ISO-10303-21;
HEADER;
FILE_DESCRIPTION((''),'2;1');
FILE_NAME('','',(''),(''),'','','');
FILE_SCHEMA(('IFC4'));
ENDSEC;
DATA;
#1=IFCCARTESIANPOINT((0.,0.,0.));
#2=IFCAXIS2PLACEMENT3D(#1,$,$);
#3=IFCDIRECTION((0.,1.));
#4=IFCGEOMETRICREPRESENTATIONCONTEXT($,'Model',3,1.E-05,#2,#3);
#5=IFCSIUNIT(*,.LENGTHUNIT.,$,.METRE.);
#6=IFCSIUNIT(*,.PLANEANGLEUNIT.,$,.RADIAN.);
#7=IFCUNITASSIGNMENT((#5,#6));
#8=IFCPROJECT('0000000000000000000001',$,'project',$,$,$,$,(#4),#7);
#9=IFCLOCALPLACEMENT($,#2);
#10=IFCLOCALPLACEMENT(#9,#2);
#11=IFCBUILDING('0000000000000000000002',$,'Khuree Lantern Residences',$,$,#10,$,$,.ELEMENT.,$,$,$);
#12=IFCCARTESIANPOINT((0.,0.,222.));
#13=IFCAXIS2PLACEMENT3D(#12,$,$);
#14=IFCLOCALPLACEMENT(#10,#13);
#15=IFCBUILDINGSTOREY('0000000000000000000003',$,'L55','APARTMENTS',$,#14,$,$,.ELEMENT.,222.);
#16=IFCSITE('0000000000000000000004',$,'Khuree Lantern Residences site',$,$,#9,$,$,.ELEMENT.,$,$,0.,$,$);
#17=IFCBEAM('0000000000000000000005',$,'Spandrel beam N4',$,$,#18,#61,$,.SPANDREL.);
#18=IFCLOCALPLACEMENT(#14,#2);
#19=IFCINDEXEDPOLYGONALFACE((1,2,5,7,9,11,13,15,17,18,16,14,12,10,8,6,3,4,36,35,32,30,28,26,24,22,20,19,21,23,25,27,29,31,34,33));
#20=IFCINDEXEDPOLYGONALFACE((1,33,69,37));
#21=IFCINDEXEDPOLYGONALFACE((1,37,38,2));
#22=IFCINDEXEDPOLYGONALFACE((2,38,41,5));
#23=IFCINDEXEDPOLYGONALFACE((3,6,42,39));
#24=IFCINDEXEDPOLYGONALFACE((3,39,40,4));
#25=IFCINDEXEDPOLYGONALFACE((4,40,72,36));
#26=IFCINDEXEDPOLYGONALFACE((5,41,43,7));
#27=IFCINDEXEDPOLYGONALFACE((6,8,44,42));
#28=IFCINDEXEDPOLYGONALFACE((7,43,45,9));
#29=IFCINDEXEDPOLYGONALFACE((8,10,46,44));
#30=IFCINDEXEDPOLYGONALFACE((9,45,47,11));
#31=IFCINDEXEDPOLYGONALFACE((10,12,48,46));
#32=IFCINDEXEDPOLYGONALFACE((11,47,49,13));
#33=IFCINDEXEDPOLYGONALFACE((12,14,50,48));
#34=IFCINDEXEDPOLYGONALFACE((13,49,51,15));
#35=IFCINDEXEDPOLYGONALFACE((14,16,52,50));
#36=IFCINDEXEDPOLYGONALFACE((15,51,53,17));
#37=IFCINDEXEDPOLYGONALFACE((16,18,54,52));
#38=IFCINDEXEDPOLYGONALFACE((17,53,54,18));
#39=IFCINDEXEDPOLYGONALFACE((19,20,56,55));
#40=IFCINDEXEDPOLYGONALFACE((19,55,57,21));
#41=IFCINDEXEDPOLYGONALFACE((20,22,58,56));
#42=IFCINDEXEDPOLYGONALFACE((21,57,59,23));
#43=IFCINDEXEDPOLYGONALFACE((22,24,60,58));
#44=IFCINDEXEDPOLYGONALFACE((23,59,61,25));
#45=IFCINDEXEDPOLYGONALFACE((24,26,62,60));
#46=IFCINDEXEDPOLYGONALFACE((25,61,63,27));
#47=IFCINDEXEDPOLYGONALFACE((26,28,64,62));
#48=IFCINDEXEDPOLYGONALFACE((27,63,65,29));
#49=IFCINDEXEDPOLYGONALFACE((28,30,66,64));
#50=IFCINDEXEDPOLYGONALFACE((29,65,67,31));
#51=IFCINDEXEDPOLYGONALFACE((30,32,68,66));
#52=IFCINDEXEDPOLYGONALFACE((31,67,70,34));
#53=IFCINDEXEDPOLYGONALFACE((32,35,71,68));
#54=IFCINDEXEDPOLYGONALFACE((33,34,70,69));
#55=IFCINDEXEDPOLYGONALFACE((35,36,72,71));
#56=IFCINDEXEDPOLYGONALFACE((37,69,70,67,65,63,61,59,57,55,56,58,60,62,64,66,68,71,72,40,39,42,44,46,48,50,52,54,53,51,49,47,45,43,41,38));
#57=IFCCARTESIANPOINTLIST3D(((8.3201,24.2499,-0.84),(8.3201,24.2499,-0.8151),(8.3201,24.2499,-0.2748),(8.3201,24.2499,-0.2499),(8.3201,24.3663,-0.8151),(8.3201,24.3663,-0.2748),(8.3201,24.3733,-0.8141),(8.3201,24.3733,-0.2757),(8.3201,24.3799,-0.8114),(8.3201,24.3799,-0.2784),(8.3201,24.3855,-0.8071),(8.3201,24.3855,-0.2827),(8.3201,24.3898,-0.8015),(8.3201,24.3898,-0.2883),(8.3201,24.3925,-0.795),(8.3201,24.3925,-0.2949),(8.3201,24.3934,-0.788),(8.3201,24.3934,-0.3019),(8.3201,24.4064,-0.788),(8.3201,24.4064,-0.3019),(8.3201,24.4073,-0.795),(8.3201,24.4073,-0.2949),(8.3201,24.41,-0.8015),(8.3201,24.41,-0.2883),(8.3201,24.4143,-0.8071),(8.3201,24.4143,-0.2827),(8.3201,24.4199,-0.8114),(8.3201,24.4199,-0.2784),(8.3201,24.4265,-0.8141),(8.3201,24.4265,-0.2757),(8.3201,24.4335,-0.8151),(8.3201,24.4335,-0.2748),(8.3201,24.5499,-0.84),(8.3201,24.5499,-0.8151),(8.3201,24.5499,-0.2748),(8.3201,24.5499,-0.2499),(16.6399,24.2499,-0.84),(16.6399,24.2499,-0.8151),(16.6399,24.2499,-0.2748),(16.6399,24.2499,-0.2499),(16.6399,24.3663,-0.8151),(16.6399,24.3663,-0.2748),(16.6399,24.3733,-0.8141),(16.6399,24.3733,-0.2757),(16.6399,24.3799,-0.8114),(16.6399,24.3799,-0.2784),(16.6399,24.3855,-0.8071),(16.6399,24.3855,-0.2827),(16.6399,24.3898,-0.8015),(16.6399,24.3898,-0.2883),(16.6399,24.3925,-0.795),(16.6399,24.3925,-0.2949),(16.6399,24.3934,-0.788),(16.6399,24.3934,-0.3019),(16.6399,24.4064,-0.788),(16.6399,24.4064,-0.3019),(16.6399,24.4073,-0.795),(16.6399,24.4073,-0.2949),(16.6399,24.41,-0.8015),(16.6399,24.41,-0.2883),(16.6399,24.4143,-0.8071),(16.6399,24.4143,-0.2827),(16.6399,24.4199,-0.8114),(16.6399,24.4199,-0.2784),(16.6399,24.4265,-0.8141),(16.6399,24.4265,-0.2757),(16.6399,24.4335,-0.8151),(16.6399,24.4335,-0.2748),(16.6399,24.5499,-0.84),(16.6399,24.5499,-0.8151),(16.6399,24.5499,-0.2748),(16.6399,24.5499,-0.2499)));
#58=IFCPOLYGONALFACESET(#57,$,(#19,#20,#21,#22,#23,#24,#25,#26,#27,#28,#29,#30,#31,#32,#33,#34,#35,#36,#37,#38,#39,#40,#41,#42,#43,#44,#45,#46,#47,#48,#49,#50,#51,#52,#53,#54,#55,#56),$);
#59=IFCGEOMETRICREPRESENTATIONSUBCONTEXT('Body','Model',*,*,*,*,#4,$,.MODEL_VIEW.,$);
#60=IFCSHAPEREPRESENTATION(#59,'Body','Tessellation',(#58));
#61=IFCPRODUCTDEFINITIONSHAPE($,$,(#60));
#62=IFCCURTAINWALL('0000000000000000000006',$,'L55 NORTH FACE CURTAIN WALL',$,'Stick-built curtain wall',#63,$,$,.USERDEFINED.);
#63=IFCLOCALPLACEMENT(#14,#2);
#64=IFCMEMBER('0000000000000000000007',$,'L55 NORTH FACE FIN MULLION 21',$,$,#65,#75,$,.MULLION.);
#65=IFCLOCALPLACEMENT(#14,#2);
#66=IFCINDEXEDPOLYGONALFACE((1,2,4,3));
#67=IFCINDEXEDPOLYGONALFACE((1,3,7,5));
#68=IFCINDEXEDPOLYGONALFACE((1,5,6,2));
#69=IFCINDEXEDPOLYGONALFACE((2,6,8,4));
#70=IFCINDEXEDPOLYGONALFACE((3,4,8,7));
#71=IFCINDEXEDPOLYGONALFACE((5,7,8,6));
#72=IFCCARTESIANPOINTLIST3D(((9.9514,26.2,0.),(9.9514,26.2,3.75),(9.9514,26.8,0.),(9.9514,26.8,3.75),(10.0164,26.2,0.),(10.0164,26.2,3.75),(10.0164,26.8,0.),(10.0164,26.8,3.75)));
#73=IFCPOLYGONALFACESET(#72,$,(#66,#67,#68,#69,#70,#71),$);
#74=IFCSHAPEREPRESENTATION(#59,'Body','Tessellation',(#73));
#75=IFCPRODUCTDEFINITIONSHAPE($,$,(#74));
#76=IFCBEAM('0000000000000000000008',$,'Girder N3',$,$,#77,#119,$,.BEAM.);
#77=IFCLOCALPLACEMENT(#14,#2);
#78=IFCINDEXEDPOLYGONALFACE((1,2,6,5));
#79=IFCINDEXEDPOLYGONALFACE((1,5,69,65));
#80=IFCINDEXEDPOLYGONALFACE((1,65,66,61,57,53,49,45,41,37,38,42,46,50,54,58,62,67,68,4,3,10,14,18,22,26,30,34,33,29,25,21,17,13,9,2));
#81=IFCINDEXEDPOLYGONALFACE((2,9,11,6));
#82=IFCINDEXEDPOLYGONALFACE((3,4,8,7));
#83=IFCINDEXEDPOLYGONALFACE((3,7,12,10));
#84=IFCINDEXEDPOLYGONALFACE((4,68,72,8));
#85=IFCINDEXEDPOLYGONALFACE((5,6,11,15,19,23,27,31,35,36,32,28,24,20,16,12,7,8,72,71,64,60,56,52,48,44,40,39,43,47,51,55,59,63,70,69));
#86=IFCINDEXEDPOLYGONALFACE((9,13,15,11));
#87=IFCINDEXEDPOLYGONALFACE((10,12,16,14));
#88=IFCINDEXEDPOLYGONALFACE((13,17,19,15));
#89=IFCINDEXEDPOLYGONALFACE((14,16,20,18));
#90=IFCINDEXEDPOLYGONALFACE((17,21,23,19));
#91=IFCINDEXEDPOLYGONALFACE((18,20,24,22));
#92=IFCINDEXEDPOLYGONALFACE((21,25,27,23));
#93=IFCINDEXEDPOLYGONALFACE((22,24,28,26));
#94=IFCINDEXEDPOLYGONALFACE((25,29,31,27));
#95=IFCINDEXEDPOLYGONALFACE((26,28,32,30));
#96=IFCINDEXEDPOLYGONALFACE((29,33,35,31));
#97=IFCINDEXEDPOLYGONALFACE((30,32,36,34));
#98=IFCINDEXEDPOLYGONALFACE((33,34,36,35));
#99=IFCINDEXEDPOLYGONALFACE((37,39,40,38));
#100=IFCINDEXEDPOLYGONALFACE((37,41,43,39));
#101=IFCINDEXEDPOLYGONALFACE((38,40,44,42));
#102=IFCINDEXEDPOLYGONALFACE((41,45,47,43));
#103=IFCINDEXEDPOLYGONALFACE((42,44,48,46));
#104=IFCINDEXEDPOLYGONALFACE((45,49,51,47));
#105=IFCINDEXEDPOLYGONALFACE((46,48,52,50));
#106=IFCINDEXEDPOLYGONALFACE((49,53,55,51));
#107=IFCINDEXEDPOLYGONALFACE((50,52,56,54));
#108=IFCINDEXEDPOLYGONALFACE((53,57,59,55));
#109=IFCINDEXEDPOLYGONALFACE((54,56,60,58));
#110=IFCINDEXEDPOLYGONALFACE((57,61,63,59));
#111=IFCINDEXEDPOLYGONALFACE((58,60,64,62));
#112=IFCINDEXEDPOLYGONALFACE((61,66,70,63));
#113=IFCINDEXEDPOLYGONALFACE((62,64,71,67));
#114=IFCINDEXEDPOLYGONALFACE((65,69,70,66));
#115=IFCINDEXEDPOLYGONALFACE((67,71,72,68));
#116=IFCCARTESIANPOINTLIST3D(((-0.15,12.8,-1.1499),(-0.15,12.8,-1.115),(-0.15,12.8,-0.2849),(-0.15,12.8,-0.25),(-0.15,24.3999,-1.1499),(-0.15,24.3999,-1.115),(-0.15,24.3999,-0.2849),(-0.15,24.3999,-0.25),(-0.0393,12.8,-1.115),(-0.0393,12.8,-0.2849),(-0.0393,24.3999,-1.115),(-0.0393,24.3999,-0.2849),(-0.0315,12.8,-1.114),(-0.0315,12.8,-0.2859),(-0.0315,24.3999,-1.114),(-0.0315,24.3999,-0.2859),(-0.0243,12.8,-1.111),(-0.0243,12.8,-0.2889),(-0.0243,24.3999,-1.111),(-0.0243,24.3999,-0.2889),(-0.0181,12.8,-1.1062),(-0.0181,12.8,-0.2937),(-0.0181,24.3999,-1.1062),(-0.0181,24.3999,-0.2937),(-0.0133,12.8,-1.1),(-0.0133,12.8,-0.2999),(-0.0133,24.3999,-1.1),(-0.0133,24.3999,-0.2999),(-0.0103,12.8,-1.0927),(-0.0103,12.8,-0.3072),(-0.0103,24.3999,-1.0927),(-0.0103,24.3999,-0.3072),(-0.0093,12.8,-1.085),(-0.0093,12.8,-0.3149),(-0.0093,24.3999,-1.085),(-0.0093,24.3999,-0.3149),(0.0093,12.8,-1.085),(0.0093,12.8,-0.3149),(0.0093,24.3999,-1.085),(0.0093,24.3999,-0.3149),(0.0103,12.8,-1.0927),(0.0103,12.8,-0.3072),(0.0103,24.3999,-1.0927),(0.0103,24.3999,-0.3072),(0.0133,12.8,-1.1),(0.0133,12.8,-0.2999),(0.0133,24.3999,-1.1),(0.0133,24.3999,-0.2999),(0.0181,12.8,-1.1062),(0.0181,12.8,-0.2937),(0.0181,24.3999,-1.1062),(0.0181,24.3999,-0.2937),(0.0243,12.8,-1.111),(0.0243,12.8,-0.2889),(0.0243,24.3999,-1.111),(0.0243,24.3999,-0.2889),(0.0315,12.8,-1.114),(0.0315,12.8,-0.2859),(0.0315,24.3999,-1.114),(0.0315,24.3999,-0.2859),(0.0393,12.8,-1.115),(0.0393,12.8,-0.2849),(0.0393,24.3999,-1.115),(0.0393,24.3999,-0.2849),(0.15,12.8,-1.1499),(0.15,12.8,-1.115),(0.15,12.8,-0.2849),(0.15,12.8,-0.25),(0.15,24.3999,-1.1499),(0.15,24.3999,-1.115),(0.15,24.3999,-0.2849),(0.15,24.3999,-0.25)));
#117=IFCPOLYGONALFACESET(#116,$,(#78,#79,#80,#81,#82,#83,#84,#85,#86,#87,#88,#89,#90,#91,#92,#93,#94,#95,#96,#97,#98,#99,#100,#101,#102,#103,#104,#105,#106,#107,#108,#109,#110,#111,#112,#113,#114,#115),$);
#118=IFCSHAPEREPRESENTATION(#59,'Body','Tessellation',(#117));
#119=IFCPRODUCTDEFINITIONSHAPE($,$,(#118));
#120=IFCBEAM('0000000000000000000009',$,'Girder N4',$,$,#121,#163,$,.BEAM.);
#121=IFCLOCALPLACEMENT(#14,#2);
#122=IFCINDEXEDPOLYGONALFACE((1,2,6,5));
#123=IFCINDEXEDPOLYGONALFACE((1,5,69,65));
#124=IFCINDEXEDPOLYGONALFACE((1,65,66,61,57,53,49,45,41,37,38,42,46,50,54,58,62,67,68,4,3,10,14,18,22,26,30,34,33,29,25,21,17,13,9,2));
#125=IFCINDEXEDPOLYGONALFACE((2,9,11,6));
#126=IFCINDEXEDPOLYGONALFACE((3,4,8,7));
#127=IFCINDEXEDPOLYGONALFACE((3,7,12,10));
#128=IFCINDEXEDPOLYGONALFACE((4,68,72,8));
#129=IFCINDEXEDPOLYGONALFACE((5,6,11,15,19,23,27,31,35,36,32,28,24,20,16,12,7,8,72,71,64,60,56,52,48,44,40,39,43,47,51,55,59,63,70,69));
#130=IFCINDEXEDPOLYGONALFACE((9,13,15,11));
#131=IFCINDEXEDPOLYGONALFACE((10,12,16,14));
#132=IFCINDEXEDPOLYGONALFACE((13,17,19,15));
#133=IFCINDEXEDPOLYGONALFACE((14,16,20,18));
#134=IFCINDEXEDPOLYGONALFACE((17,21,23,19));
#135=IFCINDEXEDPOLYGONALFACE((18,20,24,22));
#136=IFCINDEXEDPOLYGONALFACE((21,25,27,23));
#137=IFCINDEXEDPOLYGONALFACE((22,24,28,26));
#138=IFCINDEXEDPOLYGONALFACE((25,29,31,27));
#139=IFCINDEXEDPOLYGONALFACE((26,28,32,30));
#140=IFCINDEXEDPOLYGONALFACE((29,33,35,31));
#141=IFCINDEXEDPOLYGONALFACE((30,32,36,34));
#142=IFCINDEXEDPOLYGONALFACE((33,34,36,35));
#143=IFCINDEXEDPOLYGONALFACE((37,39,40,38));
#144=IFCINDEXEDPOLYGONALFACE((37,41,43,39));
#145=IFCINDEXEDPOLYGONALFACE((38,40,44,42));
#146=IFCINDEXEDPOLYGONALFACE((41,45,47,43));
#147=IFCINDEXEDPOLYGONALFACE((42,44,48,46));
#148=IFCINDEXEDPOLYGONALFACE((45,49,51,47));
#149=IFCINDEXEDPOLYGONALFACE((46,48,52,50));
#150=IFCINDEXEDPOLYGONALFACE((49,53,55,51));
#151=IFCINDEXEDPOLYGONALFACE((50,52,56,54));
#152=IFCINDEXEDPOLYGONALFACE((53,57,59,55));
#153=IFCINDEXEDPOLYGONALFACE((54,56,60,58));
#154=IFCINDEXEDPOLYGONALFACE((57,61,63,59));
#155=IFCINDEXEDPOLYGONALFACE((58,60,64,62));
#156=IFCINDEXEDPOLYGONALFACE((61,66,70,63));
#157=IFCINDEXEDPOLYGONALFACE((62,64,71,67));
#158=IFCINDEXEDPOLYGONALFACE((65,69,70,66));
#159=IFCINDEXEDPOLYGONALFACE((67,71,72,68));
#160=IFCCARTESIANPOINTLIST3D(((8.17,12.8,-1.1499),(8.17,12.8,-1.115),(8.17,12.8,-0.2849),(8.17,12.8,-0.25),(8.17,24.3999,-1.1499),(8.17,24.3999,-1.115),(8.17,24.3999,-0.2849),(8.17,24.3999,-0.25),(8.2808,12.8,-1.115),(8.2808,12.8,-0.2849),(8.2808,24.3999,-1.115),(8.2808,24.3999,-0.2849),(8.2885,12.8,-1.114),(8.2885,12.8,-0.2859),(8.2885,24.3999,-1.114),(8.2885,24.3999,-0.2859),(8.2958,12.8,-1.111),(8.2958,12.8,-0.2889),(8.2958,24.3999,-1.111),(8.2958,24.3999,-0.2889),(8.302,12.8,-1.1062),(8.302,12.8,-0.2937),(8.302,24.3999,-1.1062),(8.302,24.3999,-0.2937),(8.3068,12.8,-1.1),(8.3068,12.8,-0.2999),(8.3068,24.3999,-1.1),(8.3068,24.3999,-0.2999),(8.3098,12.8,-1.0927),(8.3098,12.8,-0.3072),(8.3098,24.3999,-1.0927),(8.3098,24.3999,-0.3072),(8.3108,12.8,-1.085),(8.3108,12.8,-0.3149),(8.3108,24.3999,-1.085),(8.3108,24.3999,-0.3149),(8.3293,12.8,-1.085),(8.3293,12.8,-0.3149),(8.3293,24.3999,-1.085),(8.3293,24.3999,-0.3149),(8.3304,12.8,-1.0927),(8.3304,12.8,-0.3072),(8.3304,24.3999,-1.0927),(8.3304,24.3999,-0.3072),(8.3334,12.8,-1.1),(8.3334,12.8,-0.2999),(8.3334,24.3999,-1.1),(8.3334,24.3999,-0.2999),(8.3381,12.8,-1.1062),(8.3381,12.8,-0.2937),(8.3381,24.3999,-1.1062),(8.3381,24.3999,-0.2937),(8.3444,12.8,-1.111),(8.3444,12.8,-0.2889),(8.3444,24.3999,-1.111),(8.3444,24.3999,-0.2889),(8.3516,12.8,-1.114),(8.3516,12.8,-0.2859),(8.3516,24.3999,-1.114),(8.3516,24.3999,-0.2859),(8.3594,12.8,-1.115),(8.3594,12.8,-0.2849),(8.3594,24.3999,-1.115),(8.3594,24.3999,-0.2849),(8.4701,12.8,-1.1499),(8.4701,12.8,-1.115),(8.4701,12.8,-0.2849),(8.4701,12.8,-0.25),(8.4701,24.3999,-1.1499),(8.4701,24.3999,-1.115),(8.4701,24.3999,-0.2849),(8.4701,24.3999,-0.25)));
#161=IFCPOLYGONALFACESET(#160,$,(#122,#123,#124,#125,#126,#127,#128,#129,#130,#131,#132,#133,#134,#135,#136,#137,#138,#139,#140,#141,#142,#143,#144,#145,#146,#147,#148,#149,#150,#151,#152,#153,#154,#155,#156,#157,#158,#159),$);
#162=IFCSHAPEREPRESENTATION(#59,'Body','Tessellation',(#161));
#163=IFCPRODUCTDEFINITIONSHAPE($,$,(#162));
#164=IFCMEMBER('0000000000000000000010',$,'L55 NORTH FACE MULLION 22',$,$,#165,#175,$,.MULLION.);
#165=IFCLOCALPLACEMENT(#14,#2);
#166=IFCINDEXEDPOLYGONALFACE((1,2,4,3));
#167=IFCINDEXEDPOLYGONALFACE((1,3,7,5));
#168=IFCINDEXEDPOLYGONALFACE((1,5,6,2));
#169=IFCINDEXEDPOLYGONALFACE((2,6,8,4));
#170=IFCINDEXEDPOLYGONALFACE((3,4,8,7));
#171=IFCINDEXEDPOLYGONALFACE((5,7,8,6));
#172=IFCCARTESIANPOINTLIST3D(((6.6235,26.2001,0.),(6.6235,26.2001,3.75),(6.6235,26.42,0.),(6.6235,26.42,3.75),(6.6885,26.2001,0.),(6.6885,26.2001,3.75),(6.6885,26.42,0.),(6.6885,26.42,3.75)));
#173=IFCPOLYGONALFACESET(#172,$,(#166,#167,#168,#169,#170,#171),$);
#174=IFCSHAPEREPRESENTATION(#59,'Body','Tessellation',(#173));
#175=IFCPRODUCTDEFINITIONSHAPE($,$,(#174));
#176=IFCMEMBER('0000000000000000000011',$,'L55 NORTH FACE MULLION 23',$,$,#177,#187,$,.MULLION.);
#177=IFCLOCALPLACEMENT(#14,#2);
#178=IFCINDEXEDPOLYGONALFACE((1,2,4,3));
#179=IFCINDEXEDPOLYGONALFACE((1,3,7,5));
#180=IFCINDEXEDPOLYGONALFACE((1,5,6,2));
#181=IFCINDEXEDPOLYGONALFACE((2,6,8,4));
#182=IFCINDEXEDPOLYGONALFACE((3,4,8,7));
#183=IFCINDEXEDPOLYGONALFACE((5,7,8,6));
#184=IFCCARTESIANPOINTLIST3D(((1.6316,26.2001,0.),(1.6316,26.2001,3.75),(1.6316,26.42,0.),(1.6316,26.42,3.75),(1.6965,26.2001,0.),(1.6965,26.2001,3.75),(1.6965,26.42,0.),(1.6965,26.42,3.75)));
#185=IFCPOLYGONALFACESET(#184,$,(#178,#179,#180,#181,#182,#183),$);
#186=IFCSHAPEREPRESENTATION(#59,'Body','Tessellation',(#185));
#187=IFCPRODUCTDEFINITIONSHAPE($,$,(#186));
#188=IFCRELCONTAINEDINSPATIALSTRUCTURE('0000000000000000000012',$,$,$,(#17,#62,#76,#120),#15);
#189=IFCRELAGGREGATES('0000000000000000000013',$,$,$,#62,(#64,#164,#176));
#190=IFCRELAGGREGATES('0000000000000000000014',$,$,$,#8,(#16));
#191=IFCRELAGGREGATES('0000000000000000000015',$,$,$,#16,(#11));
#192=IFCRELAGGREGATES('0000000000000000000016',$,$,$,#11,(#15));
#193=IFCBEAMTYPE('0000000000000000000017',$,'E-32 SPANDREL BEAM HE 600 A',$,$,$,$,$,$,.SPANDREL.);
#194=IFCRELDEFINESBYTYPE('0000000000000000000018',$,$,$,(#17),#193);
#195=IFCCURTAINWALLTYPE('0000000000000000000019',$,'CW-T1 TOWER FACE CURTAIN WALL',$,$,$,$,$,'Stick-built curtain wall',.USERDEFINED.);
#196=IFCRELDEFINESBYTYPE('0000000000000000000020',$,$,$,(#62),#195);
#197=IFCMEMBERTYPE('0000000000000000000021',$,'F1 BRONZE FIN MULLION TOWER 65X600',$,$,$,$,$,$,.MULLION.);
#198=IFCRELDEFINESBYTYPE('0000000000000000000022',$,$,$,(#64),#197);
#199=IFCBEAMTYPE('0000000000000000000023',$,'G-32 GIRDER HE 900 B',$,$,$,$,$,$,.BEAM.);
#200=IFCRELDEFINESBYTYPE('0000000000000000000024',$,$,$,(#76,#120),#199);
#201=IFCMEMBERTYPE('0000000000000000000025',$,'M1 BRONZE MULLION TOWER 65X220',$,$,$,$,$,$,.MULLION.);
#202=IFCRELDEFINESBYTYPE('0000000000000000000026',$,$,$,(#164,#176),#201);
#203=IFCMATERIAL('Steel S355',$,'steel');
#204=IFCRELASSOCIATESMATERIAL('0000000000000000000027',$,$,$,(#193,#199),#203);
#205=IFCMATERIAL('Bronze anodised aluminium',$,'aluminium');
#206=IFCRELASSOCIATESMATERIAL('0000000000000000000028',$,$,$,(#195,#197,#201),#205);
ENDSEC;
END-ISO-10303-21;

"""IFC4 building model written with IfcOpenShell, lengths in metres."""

from ifc_helpers import new_model, si_unit, direction, frame, origin, origin_2d, place, context, subcontext, project, spatial, rectangle, i_section, extrude, material, material_profile, profile_set, type_object, element, aggregate, save


model = new_model("IFC4")

# Units and contexts
model_context = context("Model", 3, precision=1e-05, world=origin(), true_north=direction((0.0, 1.0)))
body_context = subcontext(model_context, "Body", "Model", "MODEL_VIEW")
ifc_project = project(units=[si_unit("LENGTHUNIT", "METRE"), si_unit("PLANEANGLEUNIT", "RADIAN")], contexts=[model_context])

# Site, building, storey
site_placement = place(None, origin())
site = spatial("IfcSite", under=ifc_project, at=site_placement, Name="Khuree Lantern Residences site", CompositionType="ELEMENT", RefElevation=0.0)
building_placement = place(site_placement, origin())
building = spatial("IfcBuilding", under=site, at=building_placement, Name="Khuree Lantern Residences", CompositionType="ELEMENT")
storey_placement = place(building_placement, frame((0.0, 0.0, 222.0)))
storey = spatial("IfcBuildingStorey", under=building, at=storey_placement, Name="L55", Description="APARTMENTS", CompositionType="ELEMENT", Elevation=222.0)

# Beam
ifc_material_1 = material(Name="Steel S355", Category="steel")
ifc_material_profile_1 = material_profile(ifc_material_1, i_section(OverallWidth=0.3, OverallDepth=0.5901, WebThickness=0.0129, FlangeThickness=0.0249, FilletRadius=0.0271, at=origin_2d()), Name="HE 600 A")
ifc_profile_set_1 = profile_set([ifc_material_profile_1], Name="Steel S355")
beam_type_1 = type_object("IfcBeamType", Name="E-32 SPANDREL BEAM HE 600 A", PredefinedType="SPANDREL", material=ifc_profile_set_1)
beam_1_placement = place(storey_placement, frame((8.3201, 24.3999, -0.5449), z_axis=(1.0, 0.0, 0.0), x_axis=(0.0, 1.0, 0.0)))
element("IfcBeam", 1, at=beam_1_placement, inside=storey, type_object=beam_type_1, Name="Spandrel beam N4", PredefinedType="SPANDREL", context=body_context, shape_type="SweptSolid", body=[
    extrude(i_section(OverallWidth=0.3, OverallDepth=0.5901, WebThickness=0.0129, FlangeThickness=0.0249, FilletRadius=0.0271, at=origin_2d()), origin(), (0.0, 0.0, 1.0), 8.3198),
])

# Curtain wall, member
ifc_material_2 = material(Name="Bronze anodised aluminium", Category="aluminium")
curtain_wall_type = type_object("IfcCurtainWallType", Name="CW-T1 TOWER FACE CURTAIN WALL", ElementType="Stick-built curtain wall", PredefinedType="USERDEFINED", material=ifc_material_2)
curtain_wall_placement = place(storey_placement, origin())
curtain_wall = element("IfcCurtainWall", 2, at=curtain_wall_placement, inside=storey, type_object=curtain_wall_type, Name="L55 NORTH FACE CURTAIN WALL", ObjectType="Stick-built curtain wall", PredefinedType="USERDEFINED")
ifc_material_profile_2 = material_profile(ifc_material_2, rectangle(XDim=0.0649, YDim=0.6001, at=origin_2d()), Name="F1 65X600")
ifc_profile_set_2 = profile_set([ifc_material_profile_2], Name="Bronze anodised aluminium")
member_type_1 = type_object("IfcMemberType", Name="F1 BRONZE FIN MULLION TOWER 65X600", PredefinedType="MULLION", material=ifc_profile_set_2)
member_1_placement = place(storey_placement, frame((9.9839, 26.5, 0.0), z_axis=(0.0, 0.0, 1.0), x_axis=(-1.0, 0.0, 0.0)))
member_1 = element("IfcMember", 3, at=member_1_placement, type_object=member_type_1, Name="L55 NORTH FACE FIN MULLION 21", PredefinedType="MULLION", context=body_context, shape_type="SweptSolid", body=[
    extrude(rectangle(XDim=0.0649, YDim=0.6001, at=origin_2d()), origin(), (0.0, 0.0, 1.0), 3.75),
])

# Beams
ifc_material_profile_3 = material_profile(ifc_material_1, i_section(OverallWidth=0.3, OverallDepth=0.8999, WebThickness=0.0186, FlangeThickness=0.0349, FilletRadius=0.03, at=origin_2d()), Name="HE 900 B")
ifc_profile_set_3 = profile_set([ifc_material_profile_3], Name="Steel S355")
beam_type_2 = type_object("IfcBeamType", Name="G-32 GIRDER HE 900 B", PredefinedType="BEAM", material=ifc_profile_set_3)
for number, where, z_axis, x_axis, name in (
    (4, (0.0, 24.3999, -0.7), (0.0, -1.0, 0.0), (1.0, 0.0, 0.0), "Girder N3"),
    (5, (8.3201, 24.3999, -0.7), (0.0, -1.0, 0.0), (1.0, 0.0, 0.0), "Girder N4"),
):
    element("IfcBeam", number, at=place(storey_placement, frame(where, z_axis=z_axis, x_axis=x_axis)), inside=storey, type_object=beam_type_2, Name=name, PredefinedType="BEAM", context=body_context, shape_type="SweptSolid", body=[
        extrude(i_section(OverallWidth=0.3, OverallDepth=0.8999, WebThickness=0.0186, FlangeThickness=0.0349, FilletRadius=0.03, at=origin_2d()), origin(), (0.0, 0.0, 1.0), 11.5999),
    ])

# Members
ifc_material_profile_4 = material_profile(ifc_material_2, rectangle(XDim=0.0649, YDim=0.22, at=origin_2d()), Name="M1 65X220")
ifc_profile_set_4 = profile_set([ifc_material_profile_4], Name="Bronze anodised aluminium")
member_type_2 = type_object("IfcMemberType", Name="M1 BRONZE MULLION TOWER 65X220", PredefinedType="MULLION", material=ifc_profile_set_4)
member_2_placement = place(storey_placement, frame((6.656, 26.3101, 0.0), z_axis=(0.0, 0.0, 1.0), x_axis=(-1.0, 0.0, 0.0)))
member_2 = element("IfcMember", 6, at=member_2_placement, type_object=member_type_2, Name="L55 NORTH FACE MULLION 22", PredefinedType="MULLION", context=body_context, shape_type="SweptSolid", body=[
    extrude(rectangle(XDim=0.0649, YDim=0.22, at=origin_2d()), origin(), (0.0, 0.0, 1.0), 3.75),
])
member_3_placement = place(storey_placement, frame((1.6641, 26.3101, 0.0), z_axis=(0.0, 0.0, 1.0), x_axis=(-1.0, 0.0, 0.0)))
member_3 = element("IfcMember", 7, at=member_3_placement, type_object=member_type_2, Name="L55 NORTH FACE MULLION 23", PredefinedType="MULLION", context=body_context, shape_type="SweptSolid", body=[
    extrude(rectangle(XDim=0.0649, YDim=0.22, at=origin_2d()), origin(), (0.0, 0.0, 1.0), 3.75),
])

aggregate(curtain_wall, [member_1, member_2, member_3])

save(model, "model.ifc")
